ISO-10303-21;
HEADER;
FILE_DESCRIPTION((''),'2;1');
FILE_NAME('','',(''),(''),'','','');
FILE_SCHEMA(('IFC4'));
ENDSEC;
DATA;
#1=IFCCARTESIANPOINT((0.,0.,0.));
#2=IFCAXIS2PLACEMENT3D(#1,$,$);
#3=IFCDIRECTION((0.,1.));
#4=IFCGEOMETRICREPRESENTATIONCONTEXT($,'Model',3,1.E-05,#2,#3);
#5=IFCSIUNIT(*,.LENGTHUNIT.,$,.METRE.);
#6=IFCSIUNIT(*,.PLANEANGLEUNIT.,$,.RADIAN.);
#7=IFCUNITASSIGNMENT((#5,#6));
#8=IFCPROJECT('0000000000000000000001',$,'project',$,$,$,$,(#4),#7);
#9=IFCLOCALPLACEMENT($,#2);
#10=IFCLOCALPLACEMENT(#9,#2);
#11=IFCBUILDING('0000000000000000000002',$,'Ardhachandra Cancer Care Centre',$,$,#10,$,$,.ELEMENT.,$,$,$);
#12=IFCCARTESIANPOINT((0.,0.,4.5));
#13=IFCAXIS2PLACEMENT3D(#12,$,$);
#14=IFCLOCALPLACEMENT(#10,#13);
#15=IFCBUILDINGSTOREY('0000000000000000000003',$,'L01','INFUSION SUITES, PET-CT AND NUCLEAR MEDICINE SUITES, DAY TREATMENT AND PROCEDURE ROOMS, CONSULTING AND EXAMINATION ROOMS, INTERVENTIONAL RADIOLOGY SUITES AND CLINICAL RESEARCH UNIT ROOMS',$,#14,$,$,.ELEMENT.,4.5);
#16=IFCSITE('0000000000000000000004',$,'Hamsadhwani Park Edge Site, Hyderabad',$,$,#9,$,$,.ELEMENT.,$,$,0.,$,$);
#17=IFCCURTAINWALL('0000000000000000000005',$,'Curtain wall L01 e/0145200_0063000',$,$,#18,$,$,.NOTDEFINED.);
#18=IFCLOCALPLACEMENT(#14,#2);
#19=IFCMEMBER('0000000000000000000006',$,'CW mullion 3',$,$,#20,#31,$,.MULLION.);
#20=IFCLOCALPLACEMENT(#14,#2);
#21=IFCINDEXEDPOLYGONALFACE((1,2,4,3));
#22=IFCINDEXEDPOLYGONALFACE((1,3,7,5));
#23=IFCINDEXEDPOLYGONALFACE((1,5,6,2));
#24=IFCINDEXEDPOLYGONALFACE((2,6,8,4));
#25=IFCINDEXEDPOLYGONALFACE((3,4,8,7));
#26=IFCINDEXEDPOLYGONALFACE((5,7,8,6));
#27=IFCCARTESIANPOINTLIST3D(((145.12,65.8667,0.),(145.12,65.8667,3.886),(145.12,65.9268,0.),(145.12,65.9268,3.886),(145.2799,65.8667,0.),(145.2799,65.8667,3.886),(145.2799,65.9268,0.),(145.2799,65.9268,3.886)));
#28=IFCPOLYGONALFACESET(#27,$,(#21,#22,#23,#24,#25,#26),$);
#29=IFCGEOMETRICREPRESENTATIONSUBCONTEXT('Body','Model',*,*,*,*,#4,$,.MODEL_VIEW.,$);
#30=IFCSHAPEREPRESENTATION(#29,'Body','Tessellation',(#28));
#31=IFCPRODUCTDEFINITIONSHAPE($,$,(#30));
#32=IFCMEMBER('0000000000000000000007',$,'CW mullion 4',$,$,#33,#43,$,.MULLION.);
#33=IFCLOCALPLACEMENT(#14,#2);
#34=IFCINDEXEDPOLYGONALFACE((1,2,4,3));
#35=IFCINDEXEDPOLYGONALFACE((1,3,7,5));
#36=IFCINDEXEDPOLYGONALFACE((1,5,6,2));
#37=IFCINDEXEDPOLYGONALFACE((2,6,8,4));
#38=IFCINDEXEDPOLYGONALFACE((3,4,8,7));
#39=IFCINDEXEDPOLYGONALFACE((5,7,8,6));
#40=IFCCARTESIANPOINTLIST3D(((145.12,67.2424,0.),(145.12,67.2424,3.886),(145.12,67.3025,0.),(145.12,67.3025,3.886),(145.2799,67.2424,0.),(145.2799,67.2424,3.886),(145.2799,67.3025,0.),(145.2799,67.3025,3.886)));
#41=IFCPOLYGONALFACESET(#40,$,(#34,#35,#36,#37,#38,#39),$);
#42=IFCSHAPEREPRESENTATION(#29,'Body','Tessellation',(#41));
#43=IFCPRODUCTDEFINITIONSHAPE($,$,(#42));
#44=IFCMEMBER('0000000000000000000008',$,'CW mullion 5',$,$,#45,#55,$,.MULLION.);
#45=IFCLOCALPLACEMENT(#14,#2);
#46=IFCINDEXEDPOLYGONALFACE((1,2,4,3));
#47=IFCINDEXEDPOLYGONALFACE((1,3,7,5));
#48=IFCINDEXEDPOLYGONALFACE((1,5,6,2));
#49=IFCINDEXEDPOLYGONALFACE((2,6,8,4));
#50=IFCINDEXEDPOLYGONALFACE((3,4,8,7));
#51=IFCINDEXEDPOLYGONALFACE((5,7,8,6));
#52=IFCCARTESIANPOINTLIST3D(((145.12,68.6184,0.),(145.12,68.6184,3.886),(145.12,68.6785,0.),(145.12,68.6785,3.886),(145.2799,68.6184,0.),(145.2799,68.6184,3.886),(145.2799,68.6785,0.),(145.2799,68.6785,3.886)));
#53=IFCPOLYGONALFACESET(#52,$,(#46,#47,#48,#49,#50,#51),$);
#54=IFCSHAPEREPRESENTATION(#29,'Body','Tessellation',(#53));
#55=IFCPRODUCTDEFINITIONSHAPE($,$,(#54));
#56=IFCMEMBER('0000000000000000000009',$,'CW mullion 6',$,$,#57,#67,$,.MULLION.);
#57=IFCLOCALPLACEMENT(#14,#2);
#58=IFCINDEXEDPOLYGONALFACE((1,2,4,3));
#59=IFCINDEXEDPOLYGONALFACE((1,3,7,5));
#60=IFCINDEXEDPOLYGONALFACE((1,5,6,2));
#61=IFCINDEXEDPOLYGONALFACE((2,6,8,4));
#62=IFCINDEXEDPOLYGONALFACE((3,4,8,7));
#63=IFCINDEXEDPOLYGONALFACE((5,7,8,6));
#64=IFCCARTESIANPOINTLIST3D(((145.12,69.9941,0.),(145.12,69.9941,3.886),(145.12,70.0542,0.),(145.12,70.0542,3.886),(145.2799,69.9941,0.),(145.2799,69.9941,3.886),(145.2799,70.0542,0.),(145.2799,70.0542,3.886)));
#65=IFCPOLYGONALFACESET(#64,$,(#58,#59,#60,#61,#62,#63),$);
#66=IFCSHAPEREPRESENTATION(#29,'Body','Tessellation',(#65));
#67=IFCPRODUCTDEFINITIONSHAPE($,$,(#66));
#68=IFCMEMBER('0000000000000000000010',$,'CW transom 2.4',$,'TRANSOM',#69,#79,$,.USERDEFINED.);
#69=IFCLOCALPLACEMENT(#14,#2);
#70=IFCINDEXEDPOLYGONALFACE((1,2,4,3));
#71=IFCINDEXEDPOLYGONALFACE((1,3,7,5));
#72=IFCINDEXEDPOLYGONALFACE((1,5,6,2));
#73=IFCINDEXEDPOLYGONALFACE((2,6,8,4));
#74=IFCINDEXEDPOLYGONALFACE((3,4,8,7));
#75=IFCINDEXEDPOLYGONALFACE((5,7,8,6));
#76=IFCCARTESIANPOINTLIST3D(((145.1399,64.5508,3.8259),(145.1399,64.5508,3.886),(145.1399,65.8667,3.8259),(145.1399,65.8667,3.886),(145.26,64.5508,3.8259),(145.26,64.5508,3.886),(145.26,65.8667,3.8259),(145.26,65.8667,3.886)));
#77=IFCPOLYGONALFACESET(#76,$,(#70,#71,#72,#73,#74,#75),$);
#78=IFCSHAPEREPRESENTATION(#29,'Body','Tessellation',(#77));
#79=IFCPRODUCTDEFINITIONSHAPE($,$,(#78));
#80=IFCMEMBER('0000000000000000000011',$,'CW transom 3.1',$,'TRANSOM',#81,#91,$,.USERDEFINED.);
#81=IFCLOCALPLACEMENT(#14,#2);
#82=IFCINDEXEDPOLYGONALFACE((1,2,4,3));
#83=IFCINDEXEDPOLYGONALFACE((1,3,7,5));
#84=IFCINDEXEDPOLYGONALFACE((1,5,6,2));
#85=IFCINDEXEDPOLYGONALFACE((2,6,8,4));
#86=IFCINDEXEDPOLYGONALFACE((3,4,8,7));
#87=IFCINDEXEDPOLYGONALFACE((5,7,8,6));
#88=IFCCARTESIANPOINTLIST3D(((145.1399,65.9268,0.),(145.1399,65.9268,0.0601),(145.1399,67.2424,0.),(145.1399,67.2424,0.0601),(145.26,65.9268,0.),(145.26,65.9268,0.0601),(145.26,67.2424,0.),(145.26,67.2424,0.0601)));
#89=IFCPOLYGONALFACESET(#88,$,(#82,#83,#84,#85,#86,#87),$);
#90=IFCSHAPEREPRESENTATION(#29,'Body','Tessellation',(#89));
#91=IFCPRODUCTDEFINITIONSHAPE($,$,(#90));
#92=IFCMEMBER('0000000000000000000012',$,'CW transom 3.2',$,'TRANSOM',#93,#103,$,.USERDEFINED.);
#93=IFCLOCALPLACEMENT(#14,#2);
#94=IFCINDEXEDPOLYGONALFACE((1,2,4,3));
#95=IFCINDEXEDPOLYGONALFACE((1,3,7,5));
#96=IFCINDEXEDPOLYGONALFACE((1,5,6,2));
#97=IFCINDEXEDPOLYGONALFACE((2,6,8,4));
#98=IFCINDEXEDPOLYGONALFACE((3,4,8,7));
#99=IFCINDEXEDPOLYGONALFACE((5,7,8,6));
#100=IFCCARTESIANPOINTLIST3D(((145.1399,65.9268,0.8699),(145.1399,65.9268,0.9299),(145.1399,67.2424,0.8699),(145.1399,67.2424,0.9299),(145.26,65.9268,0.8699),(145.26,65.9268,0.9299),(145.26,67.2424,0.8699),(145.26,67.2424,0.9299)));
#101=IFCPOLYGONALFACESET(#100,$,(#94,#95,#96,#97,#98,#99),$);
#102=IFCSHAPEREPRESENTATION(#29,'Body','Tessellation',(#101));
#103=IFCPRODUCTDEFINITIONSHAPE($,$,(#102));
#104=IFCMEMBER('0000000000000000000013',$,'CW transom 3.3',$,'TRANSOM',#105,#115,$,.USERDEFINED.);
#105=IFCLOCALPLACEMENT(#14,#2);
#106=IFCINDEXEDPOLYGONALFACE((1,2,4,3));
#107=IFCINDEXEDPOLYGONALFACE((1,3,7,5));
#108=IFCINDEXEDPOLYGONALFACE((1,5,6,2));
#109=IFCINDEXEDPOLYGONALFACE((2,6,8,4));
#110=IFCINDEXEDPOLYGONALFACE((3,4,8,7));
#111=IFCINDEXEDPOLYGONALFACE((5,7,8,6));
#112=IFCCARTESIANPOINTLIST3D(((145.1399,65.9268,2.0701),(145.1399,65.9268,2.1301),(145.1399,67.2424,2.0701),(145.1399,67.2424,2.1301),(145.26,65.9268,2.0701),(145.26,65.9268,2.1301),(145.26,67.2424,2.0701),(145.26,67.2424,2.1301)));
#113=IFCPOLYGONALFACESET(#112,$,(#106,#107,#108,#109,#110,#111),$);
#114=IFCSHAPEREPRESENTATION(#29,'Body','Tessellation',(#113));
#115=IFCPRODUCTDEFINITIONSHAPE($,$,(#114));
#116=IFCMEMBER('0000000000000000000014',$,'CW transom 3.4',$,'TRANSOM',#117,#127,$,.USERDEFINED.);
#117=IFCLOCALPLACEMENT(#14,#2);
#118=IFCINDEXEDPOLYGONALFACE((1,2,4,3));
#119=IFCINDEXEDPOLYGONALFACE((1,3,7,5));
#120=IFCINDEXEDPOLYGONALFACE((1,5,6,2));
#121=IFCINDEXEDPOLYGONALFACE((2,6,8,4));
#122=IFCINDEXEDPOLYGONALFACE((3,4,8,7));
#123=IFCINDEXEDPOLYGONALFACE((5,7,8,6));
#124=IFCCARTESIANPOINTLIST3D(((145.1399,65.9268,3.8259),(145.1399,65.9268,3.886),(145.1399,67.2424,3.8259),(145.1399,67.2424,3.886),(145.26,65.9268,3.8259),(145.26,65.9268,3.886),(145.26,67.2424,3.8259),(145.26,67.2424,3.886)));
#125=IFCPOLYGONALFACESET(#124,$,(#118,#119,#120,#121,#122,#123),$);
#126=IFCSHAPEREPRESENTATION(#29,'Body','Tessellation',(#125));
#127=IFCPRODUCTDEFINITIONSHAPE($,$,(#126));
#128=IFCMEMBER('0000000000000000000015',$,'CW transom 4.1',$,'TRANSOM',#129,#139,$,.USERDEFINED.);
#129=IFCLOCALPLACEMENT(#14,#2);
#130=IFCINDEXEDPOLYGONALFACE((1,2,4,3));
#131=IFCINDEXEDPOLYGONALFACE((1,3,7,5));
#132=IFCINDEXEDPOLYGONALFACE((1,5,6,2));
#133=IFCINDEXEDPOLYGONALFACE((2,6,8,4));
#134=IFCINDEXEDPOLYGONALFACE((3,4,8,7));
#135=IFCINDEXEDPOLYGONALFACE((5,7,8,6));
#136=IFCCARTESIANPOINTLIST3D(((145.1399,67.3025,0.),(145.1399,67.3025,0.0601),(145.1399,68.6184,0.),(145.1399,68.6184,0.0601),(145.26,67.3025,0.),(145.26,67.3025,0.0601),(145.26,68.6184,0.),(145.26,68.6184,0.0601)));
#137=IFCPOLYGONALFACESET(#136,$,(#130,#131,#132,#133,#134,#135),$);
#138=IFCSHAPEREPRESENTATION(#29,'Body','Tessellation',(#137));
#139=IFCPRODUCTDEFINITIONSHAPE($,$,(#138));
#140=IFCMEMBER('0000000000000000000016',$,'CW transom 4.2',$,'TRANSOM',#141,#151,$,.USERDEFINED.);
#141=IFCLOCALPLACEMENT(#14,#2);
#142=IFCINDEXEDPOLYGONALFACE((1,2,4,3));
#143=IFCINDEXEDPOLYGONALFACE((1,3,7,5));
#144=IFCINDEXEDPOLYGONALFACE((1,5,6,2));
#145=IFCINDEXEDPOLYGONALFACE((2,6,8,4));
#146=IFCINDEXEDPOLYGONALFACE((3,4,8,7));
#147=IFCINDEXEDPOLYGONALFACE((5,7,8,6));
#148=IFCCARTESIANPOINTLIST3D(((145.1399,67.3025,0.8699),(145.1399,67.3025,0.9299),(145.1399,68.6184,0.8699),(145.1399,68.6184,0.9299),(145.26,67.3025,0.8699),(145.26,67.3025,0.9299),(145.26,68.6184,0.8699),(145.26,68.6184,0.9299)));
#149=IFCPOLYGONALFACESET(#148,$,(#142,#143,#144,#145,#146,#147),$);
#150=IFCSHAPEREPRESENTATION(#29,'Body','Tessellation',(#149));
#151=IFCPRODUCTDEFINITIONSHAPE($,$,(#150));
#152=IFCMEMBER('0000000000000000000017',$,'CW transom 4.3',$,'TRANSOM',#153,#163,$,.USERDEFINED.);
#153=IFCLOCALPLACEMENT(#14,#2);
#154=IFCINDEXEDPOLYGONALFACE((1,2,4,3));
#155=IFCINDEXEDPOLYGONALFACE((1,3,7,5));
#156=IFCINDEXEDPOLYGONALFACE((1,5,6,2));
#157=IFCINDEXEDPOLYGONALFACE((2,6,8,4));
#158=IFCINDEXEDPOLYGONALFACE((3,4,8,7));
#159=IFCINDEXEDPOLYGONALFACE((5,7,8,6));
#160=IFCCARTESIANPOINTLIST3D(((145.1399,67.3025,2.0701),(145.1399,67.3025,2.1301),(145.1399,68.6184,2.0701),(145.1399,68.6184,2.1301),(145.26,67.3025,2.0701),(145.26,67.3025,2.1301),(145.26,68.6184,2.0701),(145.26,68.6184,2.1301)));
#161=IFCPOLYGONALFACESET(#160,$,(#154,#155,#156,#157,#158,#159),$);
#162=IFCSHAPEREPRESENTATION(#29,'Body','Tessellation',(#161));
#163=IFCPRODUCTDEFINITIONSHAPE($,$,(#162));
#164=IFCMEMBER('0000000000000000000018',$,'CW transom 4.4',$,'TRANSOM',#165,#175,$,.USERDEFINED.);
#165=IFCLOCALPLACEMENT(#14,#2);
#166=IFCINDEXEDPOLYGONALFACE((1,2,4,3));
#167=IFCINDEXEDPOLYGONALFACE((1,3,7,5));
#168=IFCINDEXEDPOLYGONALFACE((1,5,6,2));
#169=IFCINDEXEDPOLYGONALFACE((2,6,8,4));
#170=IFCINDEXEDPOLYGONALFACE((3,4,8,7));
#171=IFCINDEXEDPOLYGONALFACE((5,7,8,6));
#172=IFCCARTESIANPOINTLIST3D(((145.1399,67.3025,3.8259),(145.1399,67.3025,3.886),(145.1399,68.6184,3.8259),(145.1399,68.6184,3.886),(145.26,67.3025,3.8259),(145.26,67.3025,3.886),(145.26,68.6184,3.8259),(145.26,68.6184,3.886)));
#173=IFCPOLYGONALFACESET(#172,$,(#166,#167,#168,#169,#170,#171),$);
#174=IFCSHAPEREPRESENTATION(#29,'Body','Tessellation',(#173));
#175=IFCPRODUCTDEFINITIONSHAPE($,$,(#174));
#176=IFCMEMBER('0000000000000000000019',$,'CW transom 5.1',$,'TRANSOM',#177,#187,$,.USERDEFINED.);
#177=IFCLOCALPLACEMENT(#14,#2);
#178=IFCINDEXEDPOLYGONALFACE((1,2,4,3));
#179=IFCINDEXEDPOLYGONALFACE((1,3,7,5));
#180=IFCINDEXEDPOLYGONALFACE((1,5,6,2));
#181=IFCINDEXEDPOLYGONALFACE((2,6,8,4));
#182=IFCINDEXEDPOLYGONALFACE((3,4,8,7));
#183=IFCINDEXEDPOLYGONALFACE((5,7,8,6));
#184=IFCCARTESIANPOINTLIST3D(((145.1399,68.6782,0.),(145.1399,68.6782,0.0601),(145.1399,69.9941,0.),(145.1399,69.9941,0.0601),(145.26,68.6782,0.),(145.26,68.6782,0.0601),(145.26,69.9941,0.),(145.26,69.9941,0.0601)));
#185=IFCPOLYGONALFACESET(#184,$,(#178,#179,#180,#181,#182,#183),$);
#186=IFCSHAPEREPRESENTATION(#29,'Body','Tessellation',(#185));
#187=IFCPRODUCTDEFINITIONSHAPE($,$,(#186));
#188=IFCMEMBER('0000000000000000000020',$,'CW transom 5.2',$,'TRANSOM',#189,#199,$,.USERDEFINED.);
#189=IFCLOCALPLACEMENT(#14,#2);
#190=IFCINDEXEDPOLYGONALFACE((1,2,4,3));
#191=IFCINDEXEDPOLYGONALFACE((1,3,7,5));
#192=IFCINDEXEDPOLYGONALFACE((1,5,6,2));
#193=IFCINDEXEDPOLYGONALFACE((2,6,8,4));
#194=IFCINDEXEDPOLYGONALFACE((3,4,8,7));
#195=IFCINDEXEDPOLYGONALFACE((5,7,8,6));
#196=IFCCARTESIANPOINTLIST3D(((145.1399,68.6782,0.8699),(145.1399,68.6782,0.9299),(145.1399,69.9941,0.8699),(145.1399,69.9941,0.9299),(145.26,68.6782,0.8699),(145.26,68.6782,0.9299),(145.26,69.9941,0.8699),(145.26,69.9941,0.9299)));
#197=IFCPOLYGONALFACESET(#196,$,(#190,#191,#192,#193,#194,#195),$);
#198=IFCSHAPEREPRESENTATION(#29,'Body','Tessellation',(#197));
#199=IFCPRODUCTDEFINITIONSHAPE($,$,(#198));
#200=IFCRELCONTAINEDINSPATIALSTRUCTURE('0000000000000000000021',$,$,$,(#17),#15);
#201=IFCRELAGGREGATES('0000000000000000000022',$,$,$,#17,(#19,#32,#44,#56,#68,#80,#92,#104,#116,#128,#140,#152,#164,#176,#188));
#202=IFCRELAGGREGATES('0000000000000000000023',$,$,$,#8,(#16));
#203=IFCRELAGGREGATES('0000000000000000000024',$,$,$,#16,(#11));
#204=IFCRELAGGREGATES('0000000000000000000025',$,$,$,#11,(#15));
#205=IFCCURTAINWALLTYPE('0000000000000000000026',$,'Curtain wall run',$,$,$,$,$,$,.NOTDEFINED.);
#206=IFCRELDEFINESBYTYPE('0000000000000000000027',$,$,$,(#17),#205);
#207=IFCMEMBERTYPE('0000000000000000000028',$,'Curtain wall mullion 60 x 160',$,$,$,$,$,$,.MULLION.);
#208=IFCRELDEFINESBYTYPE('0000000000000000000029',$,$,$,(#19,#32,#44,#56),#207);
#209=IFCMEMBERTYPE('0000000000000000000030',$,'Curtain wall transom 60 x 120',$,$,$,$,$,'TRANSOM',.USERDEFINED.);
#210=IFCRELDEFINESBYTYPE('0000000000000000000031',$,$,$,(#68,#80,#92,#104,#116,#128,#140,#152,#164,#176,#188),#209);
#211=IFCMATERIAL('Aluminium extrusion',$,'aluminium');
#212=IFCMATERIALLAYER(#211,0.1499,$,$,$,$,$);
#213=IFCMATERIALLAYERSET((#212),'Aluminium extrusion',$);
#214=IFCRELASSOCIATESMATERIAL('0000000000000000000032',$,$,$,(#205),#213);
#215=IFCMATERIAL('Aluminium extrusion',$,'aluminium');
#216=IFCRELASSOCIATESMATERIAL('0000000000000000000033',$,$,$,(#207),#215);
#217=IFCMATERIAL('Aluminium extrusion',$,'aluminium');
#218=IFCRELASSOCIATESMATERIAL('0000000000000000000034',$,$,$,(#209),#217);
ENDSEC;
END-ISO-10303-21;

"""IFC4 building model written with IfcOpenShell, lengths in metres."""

from ifc_helpers import new_model, si_unit, direction, frame, origin, origin_2d, place, context, subcontext, project, spatial, rectangle, extrude, material, layer, layer_set, material_profile, profile_set, type_object, element, aggregate, save


model = new_model("IFC4")

# Units and contexts
model_context = context("Model", 3, precision=1e-05, world=origin(), true_north=direction((0.0, 1.0)))
body_context = subcontext(model_context, "Body", "Model", "MODEL_VIEW")
ifc_project = project(units=[si_unit("LENGTHUNIT", "METRE"), si_unit("PLANEANGLEUNIT", "RADIAN")], contexts=[model_context])

# Site, building, storey
site_placement = place(None, origin())
site = spatial("IfcSite", under=ifc_project, at=site_placement, Name="Hamsadhwani Park Edge Site, Hyderabad", CompositionType="ELEMENT", RefElevation=0.0)
building_placement = place(site_placement, origin())
building = spatial("IfcBuilding", under=site, at=building_placement, Name="Ardhachandra Cancer Care Centre", CompositionType="ELEMENT")
storey_placement = place(building_placement, frame((0.0, 0.0, 4.5)))
storey = spatial("IfcBuildingStorey", under=building, at=storey_placement, Name="L01", Description="INFUSION SUITES, PET-CT AND NUCLEAR MEDICINE SUITES, DAY TREATMENT AND PROCEDURE ROOMS, CONSULTING AND EXAMINATION ROOMS, INTERVENTIONAL RADIOLOGY SUITES AND CLINICAL RESEARCH UNIT ROOMS", CompositionType="ELEMENT", Elevation=4.5)

# Curtain wall, members
ifc_material_1 = material(Name="Aluminium extrusion", Category="aluminium")
ifc_layer_1 = layer(ifc_material_1, 0.1499)
ifc_layer_set_1 = layer_set([ifc_layer_1], Name="Aluminium extrusion")
curtain_wall_type = type_object("IfcCurtainWallType", Name="Curtain wall run", PredefinedType="NOTDEFINED", material=ifc_layer_set_1)
curtain_wall_placement = place(storey_placement, origin())
curtain_wall = element("IfcCurtainWall", 1, at=curtain_wall_placement, inside=storey, type_object=curtain_wall_type, Name="Curtain wall L01 e/0145200_0063000", PredefinedType="NOTDEFINED")
ifc_material_2 = material(Name="Aluminium extrusion", Category="aluminium")
ifc_material_profile_1 = material_profile(ifc_material_2, rectangle(XDim=0.1599, YDim=0.0601, at=origin_2d()), Name="Curtain wall mullion 60 x 160")
ifc_profile_set_1 = profile_set([ifc_material_profile_1], Name="Aluminium extrusion")
member_type_1 = type_object("IfcMemberType", Name="Curtain wall mullion 60 x 160", PredefinedType="MULLION", material=ifc_profile_set_1)
member_1_placement = place(storey_placement, frame((145.2, 65.8967, 0.0), z_axis=(0.0, 0.0, 1.0), x_axis=(-1.0, 0.0, 0.0)))
member_1 = element("IfcMember", 2, at=member_1_placement, type_object=member_type_1, Name="CW mullion 3", PredefinedType="MULLION", context=body_context, shape_type="SweptSolid", body=[
    extrude(rectangle(XDim=0.1599, YDim=0.0601, at=origin_2d()), origin(), (0.0, 0.0, 1.0), 3.886),
])
member_2_placement = place(storey_placement, frame((145.2, 67.2725, 0.0), z_axis=(0.0, 0.0, 1.0), x_axis=(-1.0, 0.0, 0.0)))
member_2 = element("IfcMember", 3, at=member_2_placement, type_object=member_type_1, Name="CW mullion 4", PredefinedType="MULLION", context=body_context, shape_type="SweptSolid", body=[
    extrude(rectangle(XDim=0.1599, YDim=0.0601, at=origin_2d()), origin(), (0.0, 0.0, 1.0), 3.886),
])
member_3_placement = place(storey_placement, frame((145.2, 68.6484, 0.0), z_axis=(0.0, 0.0, 1.0), x_axis=(-1.0, 0.0, 0.0)))
member_3 = element("IfcMember", 4, at=member_3_placement, type_object=member_type_1, Name="CW mullion 5", PredefinedType="MULLION", context=body_context, shape_type="SweptSolid", body=[
    extrude(rectangle(XDim=0.1599, YDim=0.0601, at=origin_2d()), origin(), (0.0, 0.0, 1.0), 3.886),
])
member_4_placement = place(storey_placement, frame((145.2, 70.0242, 0.0), z_axis=(0.0, 0.0, 1.0), x_axis=(-1.0, 0.0, 0.0)))
member_4 = element("IfcMember", 5, at=member_4_placement, type_object=member_type_1, Name="CW mullion 6", PredefinedType="MULLION", context=body_context, shape_type="SweptSolid", body=[
    extrude(rectangle(XDim=0.1599, YDim=0.0601, at=origin_2d()), origin(), (0.0, 0.0, 1.0), 3.886),
])
ifc_material_3 = material(Name="Aluminium extrusion", Category="aluminium")
ifc_material_profile_2 = material_profile(ifc_material_3, rectangle(XDim=0.1201, YDim=0.0601, at=origin_2d()), Name="Curtain wall transom 60 x 120")
ifc_profile_set_2 = profile_set([ifc_material_profile_2], Name="Aluminium extrusion")
member_type_2 = type_object("IfcMemberType", Name="Curtain wall transom 60 x 120", ElementType="TRANSOM", PredefinedType="USERDEFINED", material=ifc_profile_set_2)
member_5_placement = place(storey_placement, frame((145.2, 64.5508, 3.856), z_axis=(0.0, 1.0, 0.0), x_axis=(-1.0, 0.0, 0.0)))
member_5 = element("IfcMember", 6, at=member_5_placement, type_object=member_type_2, Name="CW transom 2.4", ObjectType="TRANSOM", PredefinedType="USERDEFINED", context=body_context, shape_type="SweptSolid", body=[
    extrude(rectangle(XDim=0.1201, YDim=0.0601, at=origin_2d()), origin(), (0.0, 0.0, 1.0), 1.3159),
])
member_6_placement = place(storey_placement, frame((145.2, 65.9268, 0.03), z_axis=(0.0, 1.0, 0.0), x_axis=(-1.0, 0.0, 0.0)))
member_6 = element("IfcMember", 7, at=member_6_placement, type_object=member_type_2, Name="CW transom 3.1", ObjectType="TRANSOM", PredefinedType="USERDEFINED", context=body_context, shape_type="SweptSolid", body=[
    extrude(rectangle(XDim=0.1201, YDim=0.0601, at=origin_2d()), origin(), (0.0, 0.0, 1.0), 1.3157),
])
member_7_placement = place(storey_placement, frame((145.2, 65.9268, 0.8999), z_axis=(0.0, 1.0, 0.0), x_axis=(-1.0, 0.0, 0.0)))
member_7 = element("IfcMember", 8, at=member_7_placement, type_object=member_type_2, Name="CW transom 3.2", ObjectType="TRANSOM", PredefinedType="USERDEFINED", context=body_context, shape_type="SweptSolid", body=[
    extrude(rectangle(XDim=0.1201, YDim=0.0601, at=origin_2d()), origin(), (0.0, 0.0, 1.0), 1.3157),
])
member_8_placement = place(storey_placement, frame((145.2, 65.9268, 2.1001), z_axis=(0.0, 1.0, 0.0), x_axis=(-1.0, 0.0, 0.0)))
member_8 = element("IfcMember", 9, at=member_8_placement, type_object=member_type_2, Name="CW transom 3.3", ObjectType="TRANSOM", PredefinedType="USERDEFINED", context=body_context, shape_type="SweptSolid", body=[
    extrude(rectangle(XDim=0.1201, YDim=0.0601, at=origin_2d()), origin(), (0.0, 0.0, 1.0), 1.3157),
])
member_9_placement = place(storey_placement, frame((145.2, 65.9268, 3.856), z_axis=(0.0, 1.0, 0.0), x_axis=(-1.0, 0.0, 0.0)))
member_9 = element("IfcMember", 10, at=member_9_placement, type_object=member_type_2, Name="CW transom 3.4", ObjectType="TRANSOM", PredefinedType="USERDEFINED", context=body_context, shape_type="SweptSolid", body=[
    extrude(rectangle(XDim=0.1201, YDim=0.0601, at=origin_2d()), origin(), (0.0, 0.0, 1.0), 1.3157),
])
member_10_placement = place(storey_placement, frame((145.2, 67.3025, 0.03), z_axis=(0.0, 1.0, 0.0), x_axis=(-1.0, 0.0, 0.0)))
member_10 = element("IfcMember", 11, at=member_10_placement, type_object=member_type_2, Name="CW transom 4.1", ObjectType="TRANSOM", PredefinedType="USERDEFINED", context=body_context, shape_type="SweptSolid", body=[
    extrude(rectangle(XDim=0.1201, YDim=0.0601, at=origin_2d()), origin(), (0.0, 0.0, 1.0), 1.3159),
])
member_11_placement = place(storey_placement, frame((145.2, 67.3025, 0.8999), z_axis=(0.0, 1.0, 0.0), x_axis=(-1.0, 0.0, 0.0)))
member_11 = element("IfcMember", 12, at=member_11_placement, type_object=member_type_2, Name="CW transom 4.2", ObjectType="TRANSOM", PredefinedType="USERDEFINED", context=body_context, shape_type="SweptSolid", body=[
    extrude(rectangle(XDim=0.1201, YDim=0.0601, at=origin_2d()), origin(), (0.0, 0.0, 1.0), 1.3159),
])
member_12_placement = place(storey_placement, frame((145.2, 67.3025, 2.1001), z_axis=(0.0, 1.0, 0.0), x_axis=(-1.0, 0.0, 0.0)))
member_12 = element("IfcMember", 13, at=member_12_placement, type_object=member_type_2, Name="CW transom 4.3", ObjectType="TRANSOM", PredefinedType="USERDEFINED", context=body_context, shape_type="SweptSolid", body=[
    extrude(rectangle(XDim=0.1201, YDim=0.0601, at=origin_2d()), origin(), (0.0, 0.0, 1.0), 1.3159),
])
member_13_placement = place(storey_placement, frame((145.2, 67.3025, 3.856), z_axis=(0.0, 1.0, 0.0), x_axis=(-1.0, 0.0, 0.0)))
member_13 = element("IfcMember", 14, at=member_13_placement, type_object=member_type_2, Name="CW transom 4.4", ObjectType="TRANSOM", PredefinedType="USERDEFINED", context=body_context, shape_type="SweptSolid", body=[
    extrude(rectangle(XDim=0.1201, YDim=0.0601, at=origin_2d()), origin(), (0.0, 0.0, 1.0), 1.3159),
])
member_14_placement = place(storey_placement, frame((145.2, 68.6782, 0.03), z_axis=(0.0, 1.0, 0.0), x_axis=(-1.0, 0.0, 0.0)))
member_14 = element("IfcMember", 15, at=member_14_placement, type_object=member_type_2, Name="CW transom 5.1", ObjectType="TRANSOM", PredefinedType="USERDEFINED", context=body_context, shape_type="SweptSolid", body=[
    extrude(rectangle(XDim=0.1201, YDim=0.0601, at=origin_2d()), origin(), (0.0, 0.0, 1.0), 1.3159),
])
member_15_placement = place(storey_placement, frame((145.2, 68.6782, 0.8999), z_axis=(0.0, 1.0, 0.0), x_axis=(-1.0, 0.0, 0.0)))
member_15 = element("IfcMember", 16, at=member_15_placement, type_object=member_type_2, Name="CW transom 5.2", ObjectType="TRANSOM", PredefinedType="USERDEFINED", context=body_context, shape_type="SweptSolid", body=[
    extrude(rectangle(XDim=0.1201, YDim=0.0601, at=origin_2d()), origin(), (0.0, 0.0, 1.0), 1.3159),
])
aggregate(curtain_wall, [member_1, member_2, member_3, member_4, member_5, member_6, member_7, member_8, member_9, member_10, member_11, member_12, member_13, member_14, member_15])

save(model, "model.ifc")
